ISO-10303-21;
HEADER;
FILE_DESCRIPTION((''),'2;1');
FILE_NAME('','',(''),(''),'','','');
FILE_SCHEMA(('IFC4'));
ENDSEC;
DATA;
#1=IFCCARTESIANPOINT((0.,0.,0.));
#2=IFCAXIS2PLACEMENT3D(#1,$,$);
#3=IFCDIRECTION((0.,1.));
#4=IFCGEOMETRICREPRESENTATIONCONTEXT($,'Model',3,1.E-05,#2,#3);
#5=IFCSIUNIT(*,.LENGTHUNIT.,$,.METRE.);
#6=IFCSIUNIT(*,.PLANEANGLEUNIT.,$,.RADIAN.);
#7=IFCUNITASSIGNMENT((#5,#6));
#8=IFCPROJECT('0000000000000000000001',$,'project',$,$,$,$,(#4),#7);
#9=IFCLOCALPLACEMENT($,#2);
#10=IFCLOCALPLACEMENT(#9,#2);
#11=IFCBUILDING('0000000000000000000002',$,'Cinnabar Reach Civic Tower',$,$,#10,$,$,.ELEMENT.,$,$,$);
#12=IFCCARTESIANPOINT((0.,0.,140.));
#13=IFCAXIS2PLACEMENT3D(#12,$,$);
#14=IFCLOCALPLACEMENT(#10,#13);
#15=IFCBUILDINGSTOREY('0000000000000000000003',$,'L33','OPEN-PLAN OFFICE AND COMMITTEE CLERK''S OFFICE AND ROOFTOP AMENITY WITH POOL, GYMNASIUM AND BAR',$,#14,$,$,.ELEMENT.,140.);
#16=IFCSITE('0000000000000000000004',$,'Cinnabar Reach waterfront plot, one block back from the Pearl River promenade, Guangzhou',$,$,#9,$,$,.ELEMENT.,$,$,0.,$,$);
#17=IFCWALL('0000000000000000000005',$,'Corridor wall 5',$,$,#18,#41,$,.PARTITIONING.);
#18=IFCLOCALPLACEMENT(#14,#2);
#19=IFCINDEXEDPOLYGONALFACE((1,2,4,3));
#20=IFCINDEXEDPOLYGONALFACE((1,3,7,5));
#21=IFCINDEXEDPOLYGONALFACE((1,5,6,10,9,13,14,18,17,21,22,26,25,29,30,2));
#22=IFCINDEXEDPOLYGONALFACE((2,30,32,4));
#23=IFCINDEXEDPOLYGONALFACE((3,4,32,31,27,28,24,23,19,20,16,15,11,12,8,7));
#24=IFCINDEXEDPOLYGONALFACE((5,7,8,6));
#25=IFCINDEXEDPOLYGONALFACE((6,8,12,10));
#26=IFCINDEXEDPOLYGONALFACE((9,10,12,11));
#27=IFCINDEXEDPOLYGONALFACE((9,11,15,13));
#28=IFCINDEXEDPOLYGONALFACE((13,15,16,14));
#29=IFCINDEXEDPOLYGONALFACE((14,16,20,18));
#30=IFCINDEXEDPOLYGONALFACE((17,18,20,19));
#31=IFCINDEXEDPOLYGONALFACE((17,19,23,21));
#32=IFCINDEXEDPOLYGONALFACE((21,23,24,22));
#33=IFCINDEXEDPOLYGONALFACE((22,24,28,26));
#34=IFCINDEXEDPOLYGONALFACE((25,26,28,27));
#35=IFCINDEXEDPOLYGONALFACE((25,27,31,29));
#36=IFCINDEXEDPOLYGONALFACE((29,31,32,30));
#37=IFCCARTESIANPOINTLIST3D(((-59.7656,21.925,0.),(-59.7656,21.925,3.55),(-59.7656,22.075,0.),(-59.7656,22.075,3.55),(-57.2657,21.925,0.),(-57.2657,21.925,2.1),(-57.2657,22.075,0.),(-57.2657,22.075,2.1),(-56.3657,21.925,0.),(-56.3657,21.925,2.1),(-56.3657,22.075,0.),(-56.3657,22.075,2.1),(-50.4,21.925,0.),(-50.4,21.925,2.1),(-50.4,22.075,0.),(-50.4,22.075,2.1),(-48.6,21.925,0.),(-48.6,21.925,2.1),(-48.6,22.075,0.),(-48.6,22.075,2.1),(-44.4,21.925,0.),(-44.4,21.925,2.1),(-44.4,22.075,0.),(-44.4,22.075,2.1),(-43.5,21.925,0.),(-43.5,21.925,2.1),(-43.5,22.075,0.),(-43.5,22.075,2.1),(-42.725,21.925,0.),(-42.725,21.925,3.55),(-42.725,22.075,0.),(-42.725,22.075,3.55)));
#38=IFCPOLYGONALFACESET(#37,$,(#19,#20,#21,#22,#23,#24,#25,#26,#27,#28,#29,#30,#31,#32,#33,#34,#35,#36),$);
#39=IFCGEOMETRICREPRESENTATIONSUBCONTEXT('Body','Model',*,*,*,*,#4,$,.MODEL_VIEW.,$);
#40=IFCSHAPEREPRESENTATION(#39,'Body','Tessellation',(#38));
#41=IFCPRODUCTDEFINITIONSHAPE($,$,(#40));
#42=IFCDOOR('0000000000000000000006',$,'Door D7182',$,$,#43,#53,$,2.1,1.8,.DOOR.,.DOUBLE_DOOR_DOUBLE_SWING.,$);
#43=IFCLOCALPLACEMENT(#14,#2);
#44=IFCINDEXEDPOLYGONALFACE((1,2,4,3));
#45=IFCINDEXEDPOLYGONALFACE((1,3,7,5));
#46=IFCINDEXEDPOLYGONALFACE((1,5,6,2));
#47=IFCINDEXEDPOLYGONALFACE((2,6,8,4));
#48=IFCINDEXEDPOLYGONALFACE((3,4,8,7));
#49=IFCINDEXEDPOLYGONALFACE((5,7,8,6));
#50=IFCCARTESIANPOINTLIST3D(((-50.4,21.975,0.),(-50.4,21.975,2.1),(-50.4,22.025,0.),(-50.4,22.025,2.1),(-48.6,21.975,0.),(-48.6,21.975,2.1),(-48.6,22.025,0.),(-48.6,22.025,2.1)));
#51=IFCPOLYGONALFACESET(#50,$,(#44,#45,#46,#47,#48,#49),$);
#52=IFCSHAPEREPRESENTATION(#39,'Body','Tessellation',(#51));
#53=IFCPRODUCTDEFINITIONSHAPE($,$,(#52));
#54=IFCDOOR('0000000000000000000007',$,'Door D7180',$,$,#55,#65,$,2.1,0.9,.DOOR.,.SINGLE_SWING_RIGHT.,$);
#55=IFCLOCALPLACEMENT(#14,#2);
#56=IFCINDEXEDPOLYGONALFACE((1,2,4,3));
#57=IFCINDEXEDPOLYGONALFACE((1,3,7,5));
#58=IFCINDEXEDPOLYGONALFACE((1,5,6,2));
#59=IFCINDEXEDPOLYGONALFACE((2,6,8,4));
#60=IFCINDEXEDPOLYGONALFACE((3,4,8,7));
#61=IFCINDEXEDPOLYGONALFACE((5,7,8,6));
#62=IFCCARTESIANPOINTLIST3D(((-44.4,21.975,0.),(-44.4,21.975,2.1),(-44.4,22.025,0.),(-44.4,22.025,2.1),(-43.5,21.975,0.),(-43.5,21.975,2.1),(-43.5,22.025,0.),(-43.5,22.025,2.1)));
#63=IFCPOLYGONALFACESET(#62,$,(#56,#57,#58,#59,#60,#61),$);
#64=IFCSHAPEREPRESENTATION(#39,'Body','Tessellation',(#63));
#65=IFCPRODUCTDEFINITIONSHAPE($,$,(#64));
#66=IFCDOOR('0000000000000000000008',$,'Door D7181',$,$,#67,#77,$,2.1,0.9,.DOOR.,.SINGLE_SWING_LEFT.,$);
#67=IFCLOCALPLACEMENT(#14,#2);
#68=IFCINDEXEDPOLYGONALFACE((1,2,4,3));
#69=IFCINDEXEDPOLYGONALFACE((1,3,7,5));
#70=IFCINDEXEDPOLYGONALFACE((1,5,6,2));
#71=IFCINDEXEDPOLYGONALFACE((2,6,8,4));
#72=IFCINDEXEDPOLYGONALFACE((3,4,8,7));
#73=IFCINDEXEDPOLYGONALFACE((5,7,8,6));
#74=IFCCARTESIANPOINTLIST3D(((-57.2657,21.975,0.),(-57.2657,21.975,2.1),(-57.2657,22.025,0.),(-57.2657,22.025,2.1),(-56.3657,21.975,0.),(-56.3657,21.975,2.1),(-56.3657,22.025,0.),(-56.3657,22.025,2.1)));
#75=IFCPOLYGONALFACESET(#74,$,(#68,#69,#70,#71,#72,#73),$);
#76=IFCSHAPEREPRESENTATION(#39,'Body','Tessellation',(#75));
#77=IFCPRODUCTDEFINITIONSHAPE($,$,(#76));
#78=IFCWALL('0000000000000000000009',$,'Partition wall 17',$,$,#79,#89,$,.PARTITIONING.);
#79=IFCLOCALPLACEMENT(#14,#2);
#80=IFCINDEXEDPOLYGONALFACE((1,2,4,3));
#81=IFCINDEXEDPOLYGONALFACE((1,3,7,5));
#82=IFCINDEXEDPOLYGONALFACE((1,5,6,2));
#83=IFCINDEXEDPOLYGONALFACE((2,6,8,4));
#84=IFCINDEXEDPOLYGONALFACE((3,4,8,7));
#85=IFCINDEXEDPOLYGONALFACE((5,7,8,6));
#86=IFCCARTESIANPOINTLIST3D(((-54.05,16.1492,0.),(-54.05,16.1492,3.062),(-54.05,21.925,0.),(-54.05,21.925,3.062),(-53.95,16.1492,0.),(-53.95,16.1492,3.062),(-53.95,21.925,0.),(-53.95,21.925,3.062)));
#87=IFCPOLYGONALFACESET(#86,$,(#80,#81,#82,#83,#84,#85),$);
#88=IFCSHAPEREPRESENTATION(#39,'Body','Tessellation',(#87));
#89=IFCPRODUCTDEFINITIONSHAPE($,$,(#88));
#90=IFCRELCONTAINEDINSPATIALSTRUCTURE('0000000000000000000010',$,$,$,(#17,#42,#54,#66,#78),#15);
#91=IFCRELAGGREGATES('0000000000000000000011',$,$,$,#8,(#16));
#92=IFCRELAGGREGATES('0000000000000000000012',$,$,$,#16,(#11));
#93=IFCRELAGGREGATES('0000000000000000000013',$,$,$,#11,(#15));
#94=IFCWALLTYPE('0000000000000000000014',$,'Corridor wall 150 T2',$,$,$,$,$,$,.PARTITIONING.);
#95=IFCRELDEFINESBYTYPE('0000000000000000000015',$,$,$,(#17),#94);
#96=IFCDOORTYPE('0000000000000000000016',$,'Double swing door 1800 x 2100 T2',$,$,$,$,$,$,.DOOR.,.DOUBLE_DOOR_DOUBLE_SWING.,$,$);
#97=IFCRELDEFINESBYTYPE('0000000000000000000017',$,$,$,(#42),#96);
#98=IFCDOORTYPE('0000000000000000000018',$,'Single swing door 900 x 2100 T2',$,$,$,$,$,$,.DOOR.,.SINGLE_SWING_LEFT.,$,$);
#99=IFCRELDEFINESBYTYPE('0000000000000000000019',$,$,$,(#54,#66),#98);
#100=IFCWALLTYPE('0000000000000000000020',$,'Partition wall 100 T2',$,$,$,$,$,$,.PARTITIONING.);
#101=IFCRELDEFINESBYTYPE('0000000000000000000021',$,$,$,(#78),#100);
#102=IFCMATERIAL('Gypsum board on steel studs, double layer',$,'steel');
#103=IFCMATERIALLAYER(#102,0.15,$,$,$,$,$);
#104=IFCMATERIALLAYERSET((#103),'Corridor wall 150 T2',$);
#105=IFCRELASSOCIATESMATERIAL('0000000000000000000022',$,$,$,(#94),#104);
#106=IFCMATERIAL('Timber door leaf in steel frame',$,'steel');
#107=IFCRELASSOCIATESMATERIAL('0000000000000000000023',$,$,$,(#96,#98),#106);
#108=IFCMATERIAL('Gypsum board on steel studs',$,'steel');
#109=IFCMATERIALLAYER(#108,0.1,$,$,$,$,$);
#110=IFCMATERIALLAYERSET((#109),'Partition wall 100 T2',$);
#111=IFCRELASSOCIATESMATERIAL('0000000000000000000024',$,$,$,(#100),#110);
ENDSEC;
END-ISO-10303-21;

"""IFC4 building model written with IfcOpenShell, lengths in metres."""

from ifc_helpers import new_model, si_unit, direction, frame, frame_2d, origin, place, context, subcontext, project, spatial, rectangle, extrude, material, layer, layer_set, type_object, element, fill, save


model = new_model("IFC4")

# Units and contexts
model_context = context("Model", 3, precision=1e-05, world=origin(), true_north=direction((0.0, 1.0)))
body_context = subcontext(model_context, "Body", "Model", "MODEL_VIEW")
ifc_project = project(units=[si_unit("LENGTHUNIT", "METRE"), si_unit("PLANEANGLEUNIT", "RADIAN")], contexts=[model_context])

# Site, building, storey
site_placement = place(None, origin())
site = spatial("IfcSite", under=ifc_project, at=site_placement, Name="Cinnabar Reach waterfront plot, one block back from the Pearl River promenade, Guangzhou", CompositionType="ELEMENT", RefElevation=0.0)
building_placement = place(site_placement, origin())
building = spatial("IfcBuilding", under=site, at=building_placement, Name="Cinnabar Reach Civic Tower", CompositionType="ELEMENT")
storey_placement = place(building_placement, frame((0.0, 0.0, 140.0)))
storey = spatial("IfcBuildingStorey", under=building, at=storey_placement, Name="L33", Description="OPEN-PLAN OFFICE AND COMMITTEE CLERK'S OFFICE AND ROOFTOP AMENITY WITH POOL, GYMNASIUM AND BAR", CompositionType="ELEMENT", Elevation=140.0)

# Wall, openings, doors
ifc_material_1 = material(Name="Gypsum board on steel studs, double layer", Category="steel")
ifc_layer_1 = layer(ifc_material_1, 0.15)
ifc_layer_set_1 = layer_set([ifc_layer_1], Name="Corridor wall 150 T2")
wall_type_1 = type_object("IfcWallType", Name="Corridor wall 150 T2", PredefinedType="PARTITIONING", material=ifc_layer_set_1)
wall_1_placement = place(storey_placement, frame((-59.7657, 22.0, 0.0), z_axis=(0.0, 0.0, 1.0), x_axis=(1.0, 0.0, 0.0)))
wall_1 = element("IfcWall", 1, at=wall_1_placement, inside=storey, type_object=wall_type_1, Name="Corridor wall 5", PredefinedType="PARTITIONING", context=body_context, shape_type="SweptSolid", body=[
    extrude(rectangle(XDim=17.0407, YDim=0.15, at=frame_2d((8.5204, 0.0))), origin(), (0.0, 0.0, 1.0), 3.55),
])
opening_1_placement = place(wall_1_placement, frame((15.3657, 0.0, 0.0)))
opening_1 = element("IfcOpeningElement", 2, at=opening_1_placement, cuts=wall_1, PredefinedType="OPENING", context=body_context, shape_type="SweptSolid", body=[
    extrude(rectangle(XDim=0.9, YDim=2.1, at=frame_2d((0.45, 1.05))), frame((0.0, 0.085, 0.0), z_axis=(0.0, -1.0, 0.0), x_axis=(1.0, 0.0, 0.0)), (0.0, 0.0, 1.0), 0.17),
])
opening_2_placement = place(wall_1_placement, frame((2.5, 0.0, 0.0)))
opening_2 = element("IfcOpeningElement", 3, at=opening_2_placement, cuts=wall_1, PredefinedType="OPENING", context=body_context, shape_type="SweptSolid", body=[
    extrude(rectangle(XDim=0.9, YDim=2.1, at=frame_2d((0.45, 1.05))), frame((0.0, 0.085, 0.0), z_axis=(0.0, -1.0, 0.0), x_axis=(1.0, 0.0, 0.0)), (0.0, 0.0, 1.0), 0.17),
])
opening_3_placement = place(wall_1_placement, frame((9.3657, 0.0, 0.0)))
opening_3 = element("IfcOpeningElement", 4, at=opening_3_placement, cuts=wall_1, PredefinedType="OPENING", context=body_context, shape_type="SweptSolid", body=[
    extrude(rectangle(XDim=1.8, YDim=2.1, at=frame_2d((0.9, 1.05))), frame((0.0, 0.085, 0.0), z_axis=(0.0, -1.0, 0.0), x_axis=(1.0, 0.0, 0.0)), (0.0, 0.0, 1.0), 0.17),
])
ifc_material_2 = material(Name="Timber door leaf in steel frame", Category="steel")
door_type_1 = type_object("IfcDoorType", Name="Double swing door 1800 x 2100 T2", OperationType="DOUBLE_DOOR_DOUBLE_SWING", PredefinedType="DOOR", material=ifc_material_2)
door_1_placement = place(opening_3_placement, frame((1.8, 0.0, 0.0), z_axis=(0.0, 0.0, 1.0), x_axis=(-1.0, 0.0, 0.0)))
door_1 = element("IfcDoor", 5, at=door_1_placement, inside=storey, type_object=door_type_1, Name="Door D7182", OperationType="DOUBLE_DOOR_DOUBLE_SWING", OverallHeight=2.1, OverallWidth=1.8, PredefinedType="DOOR", context=body_context, shape_type="SweptSolid", body=[
    extrude(rectangle(XDim=1.8, YDim=2.1, at=frame_2d((0.9, 1.05))), frame((0.0, 0.025, 0.0), z_axis=(0.0, -1.0, 0.0), x_axis=(1.0, 0.0, 0.0)), (0.0, 0.0, 1.0), 0.05),
])
fill(opening_3, door_1)
door_type_2 = type_object("IfcDoorType", Name="Single swing door 900 x 2100 T2", OperationType="SINGLE_SWING_LEFT", PredefinedType="DOOR", material=ifc_material_2)
door_2_placement = place(opening_1_placement, frame((0.9, 0.0, 0.0), z_axis=(0.0, 0.0, 1.0), x_axis=(-1.0, 0.0, 0.0)))
door_2 = element("IfcDoor", 6, at=door_2_placement, inside=storey, type_object=door_type_2, Name="Door D7180", OperationType="SINGLE_SWING_RIGHT", OverallHeight=2.1, OverallWidth=0.9, PredefinedType="DOOR", context=body_context, shape_type="SweptSolid", body=[
    extrude(rectangle(XDim=0.9, YDim=2.1, at=frame_2d((0.45, 1.05))), frame((0.0, 0.025, 0.0), z_axis=(0.0, -1.0, 0.0), x_axis=(1.0, 0.0, 0.0)), (0.0, 0.0, 1.0), 0.05),
])
fill(opening_1, door_2)
door_3_placement = place(opening_2_placement, frame((0.9, 0.0, 0.0), z_axis=(0.0, 0.0, 1.0), x_axis=(-1.0, 0.0, 0.0)))
door_3 = element("IfcDoor", 7, at=door_3_placement, inside=storey, type_object=door_type_2, Name="Door D7181", OperationType="SINGLE_SWING_LEFT", OverallHeight=2.1, OverallWidth=0.9, PredefinedType="DOOR", context=body_context, shape_type="SweptSolid", body=[
    extrude(rectangle(XDim=0.9, YDim=2.1, at=frame_2d((0.45, 1.05))), frame((0.0, 0.025, 0.0), z_axis=(0.0, -1.0, 0.0), x_axis=(1.0, 0.0, 0.0)), (0.0, 0.0, 1.0), 0.05),
])
fill(opening_2, door_3)

# Wall
ifc_material_3 = material(Name="Gypsum board on steel studs", Category="steel")
ifc_layer_2 = layer(ifc_material_3, 0.1)
ifc_layer_set_2 = layer_set([ifc_layer_2], Name="Partition wall 100 T2")
wall_type_2 = type_object("IfcWallType", Name="Partition wall 100 T2", PredefinedType="PARTITIONING", material=ifc_layer_set_2)
wall_2_placement = place(storey_placement, frame((-54.0, 16.1491, 0.0), z_axis=(0.0, 0.0, 1.0), x_axis=(0.0, 1.0, 0.0)))
element("IfcWall", 8, at=wall_2_placement, inside=storey, type_object=wall_type_2, Name="Partition wall 17", PredefinedType="PARTITIONING", context=body_context, shape_type="SweptSolid", body=[
    extrude(rectangle(XDim=5.7759, YDim=0.1, at=frame_2d((2.888, 0.0))), origin(), (0.0, 0.0, 1.0), 3.062),
])

save(model, "model.ifc")
